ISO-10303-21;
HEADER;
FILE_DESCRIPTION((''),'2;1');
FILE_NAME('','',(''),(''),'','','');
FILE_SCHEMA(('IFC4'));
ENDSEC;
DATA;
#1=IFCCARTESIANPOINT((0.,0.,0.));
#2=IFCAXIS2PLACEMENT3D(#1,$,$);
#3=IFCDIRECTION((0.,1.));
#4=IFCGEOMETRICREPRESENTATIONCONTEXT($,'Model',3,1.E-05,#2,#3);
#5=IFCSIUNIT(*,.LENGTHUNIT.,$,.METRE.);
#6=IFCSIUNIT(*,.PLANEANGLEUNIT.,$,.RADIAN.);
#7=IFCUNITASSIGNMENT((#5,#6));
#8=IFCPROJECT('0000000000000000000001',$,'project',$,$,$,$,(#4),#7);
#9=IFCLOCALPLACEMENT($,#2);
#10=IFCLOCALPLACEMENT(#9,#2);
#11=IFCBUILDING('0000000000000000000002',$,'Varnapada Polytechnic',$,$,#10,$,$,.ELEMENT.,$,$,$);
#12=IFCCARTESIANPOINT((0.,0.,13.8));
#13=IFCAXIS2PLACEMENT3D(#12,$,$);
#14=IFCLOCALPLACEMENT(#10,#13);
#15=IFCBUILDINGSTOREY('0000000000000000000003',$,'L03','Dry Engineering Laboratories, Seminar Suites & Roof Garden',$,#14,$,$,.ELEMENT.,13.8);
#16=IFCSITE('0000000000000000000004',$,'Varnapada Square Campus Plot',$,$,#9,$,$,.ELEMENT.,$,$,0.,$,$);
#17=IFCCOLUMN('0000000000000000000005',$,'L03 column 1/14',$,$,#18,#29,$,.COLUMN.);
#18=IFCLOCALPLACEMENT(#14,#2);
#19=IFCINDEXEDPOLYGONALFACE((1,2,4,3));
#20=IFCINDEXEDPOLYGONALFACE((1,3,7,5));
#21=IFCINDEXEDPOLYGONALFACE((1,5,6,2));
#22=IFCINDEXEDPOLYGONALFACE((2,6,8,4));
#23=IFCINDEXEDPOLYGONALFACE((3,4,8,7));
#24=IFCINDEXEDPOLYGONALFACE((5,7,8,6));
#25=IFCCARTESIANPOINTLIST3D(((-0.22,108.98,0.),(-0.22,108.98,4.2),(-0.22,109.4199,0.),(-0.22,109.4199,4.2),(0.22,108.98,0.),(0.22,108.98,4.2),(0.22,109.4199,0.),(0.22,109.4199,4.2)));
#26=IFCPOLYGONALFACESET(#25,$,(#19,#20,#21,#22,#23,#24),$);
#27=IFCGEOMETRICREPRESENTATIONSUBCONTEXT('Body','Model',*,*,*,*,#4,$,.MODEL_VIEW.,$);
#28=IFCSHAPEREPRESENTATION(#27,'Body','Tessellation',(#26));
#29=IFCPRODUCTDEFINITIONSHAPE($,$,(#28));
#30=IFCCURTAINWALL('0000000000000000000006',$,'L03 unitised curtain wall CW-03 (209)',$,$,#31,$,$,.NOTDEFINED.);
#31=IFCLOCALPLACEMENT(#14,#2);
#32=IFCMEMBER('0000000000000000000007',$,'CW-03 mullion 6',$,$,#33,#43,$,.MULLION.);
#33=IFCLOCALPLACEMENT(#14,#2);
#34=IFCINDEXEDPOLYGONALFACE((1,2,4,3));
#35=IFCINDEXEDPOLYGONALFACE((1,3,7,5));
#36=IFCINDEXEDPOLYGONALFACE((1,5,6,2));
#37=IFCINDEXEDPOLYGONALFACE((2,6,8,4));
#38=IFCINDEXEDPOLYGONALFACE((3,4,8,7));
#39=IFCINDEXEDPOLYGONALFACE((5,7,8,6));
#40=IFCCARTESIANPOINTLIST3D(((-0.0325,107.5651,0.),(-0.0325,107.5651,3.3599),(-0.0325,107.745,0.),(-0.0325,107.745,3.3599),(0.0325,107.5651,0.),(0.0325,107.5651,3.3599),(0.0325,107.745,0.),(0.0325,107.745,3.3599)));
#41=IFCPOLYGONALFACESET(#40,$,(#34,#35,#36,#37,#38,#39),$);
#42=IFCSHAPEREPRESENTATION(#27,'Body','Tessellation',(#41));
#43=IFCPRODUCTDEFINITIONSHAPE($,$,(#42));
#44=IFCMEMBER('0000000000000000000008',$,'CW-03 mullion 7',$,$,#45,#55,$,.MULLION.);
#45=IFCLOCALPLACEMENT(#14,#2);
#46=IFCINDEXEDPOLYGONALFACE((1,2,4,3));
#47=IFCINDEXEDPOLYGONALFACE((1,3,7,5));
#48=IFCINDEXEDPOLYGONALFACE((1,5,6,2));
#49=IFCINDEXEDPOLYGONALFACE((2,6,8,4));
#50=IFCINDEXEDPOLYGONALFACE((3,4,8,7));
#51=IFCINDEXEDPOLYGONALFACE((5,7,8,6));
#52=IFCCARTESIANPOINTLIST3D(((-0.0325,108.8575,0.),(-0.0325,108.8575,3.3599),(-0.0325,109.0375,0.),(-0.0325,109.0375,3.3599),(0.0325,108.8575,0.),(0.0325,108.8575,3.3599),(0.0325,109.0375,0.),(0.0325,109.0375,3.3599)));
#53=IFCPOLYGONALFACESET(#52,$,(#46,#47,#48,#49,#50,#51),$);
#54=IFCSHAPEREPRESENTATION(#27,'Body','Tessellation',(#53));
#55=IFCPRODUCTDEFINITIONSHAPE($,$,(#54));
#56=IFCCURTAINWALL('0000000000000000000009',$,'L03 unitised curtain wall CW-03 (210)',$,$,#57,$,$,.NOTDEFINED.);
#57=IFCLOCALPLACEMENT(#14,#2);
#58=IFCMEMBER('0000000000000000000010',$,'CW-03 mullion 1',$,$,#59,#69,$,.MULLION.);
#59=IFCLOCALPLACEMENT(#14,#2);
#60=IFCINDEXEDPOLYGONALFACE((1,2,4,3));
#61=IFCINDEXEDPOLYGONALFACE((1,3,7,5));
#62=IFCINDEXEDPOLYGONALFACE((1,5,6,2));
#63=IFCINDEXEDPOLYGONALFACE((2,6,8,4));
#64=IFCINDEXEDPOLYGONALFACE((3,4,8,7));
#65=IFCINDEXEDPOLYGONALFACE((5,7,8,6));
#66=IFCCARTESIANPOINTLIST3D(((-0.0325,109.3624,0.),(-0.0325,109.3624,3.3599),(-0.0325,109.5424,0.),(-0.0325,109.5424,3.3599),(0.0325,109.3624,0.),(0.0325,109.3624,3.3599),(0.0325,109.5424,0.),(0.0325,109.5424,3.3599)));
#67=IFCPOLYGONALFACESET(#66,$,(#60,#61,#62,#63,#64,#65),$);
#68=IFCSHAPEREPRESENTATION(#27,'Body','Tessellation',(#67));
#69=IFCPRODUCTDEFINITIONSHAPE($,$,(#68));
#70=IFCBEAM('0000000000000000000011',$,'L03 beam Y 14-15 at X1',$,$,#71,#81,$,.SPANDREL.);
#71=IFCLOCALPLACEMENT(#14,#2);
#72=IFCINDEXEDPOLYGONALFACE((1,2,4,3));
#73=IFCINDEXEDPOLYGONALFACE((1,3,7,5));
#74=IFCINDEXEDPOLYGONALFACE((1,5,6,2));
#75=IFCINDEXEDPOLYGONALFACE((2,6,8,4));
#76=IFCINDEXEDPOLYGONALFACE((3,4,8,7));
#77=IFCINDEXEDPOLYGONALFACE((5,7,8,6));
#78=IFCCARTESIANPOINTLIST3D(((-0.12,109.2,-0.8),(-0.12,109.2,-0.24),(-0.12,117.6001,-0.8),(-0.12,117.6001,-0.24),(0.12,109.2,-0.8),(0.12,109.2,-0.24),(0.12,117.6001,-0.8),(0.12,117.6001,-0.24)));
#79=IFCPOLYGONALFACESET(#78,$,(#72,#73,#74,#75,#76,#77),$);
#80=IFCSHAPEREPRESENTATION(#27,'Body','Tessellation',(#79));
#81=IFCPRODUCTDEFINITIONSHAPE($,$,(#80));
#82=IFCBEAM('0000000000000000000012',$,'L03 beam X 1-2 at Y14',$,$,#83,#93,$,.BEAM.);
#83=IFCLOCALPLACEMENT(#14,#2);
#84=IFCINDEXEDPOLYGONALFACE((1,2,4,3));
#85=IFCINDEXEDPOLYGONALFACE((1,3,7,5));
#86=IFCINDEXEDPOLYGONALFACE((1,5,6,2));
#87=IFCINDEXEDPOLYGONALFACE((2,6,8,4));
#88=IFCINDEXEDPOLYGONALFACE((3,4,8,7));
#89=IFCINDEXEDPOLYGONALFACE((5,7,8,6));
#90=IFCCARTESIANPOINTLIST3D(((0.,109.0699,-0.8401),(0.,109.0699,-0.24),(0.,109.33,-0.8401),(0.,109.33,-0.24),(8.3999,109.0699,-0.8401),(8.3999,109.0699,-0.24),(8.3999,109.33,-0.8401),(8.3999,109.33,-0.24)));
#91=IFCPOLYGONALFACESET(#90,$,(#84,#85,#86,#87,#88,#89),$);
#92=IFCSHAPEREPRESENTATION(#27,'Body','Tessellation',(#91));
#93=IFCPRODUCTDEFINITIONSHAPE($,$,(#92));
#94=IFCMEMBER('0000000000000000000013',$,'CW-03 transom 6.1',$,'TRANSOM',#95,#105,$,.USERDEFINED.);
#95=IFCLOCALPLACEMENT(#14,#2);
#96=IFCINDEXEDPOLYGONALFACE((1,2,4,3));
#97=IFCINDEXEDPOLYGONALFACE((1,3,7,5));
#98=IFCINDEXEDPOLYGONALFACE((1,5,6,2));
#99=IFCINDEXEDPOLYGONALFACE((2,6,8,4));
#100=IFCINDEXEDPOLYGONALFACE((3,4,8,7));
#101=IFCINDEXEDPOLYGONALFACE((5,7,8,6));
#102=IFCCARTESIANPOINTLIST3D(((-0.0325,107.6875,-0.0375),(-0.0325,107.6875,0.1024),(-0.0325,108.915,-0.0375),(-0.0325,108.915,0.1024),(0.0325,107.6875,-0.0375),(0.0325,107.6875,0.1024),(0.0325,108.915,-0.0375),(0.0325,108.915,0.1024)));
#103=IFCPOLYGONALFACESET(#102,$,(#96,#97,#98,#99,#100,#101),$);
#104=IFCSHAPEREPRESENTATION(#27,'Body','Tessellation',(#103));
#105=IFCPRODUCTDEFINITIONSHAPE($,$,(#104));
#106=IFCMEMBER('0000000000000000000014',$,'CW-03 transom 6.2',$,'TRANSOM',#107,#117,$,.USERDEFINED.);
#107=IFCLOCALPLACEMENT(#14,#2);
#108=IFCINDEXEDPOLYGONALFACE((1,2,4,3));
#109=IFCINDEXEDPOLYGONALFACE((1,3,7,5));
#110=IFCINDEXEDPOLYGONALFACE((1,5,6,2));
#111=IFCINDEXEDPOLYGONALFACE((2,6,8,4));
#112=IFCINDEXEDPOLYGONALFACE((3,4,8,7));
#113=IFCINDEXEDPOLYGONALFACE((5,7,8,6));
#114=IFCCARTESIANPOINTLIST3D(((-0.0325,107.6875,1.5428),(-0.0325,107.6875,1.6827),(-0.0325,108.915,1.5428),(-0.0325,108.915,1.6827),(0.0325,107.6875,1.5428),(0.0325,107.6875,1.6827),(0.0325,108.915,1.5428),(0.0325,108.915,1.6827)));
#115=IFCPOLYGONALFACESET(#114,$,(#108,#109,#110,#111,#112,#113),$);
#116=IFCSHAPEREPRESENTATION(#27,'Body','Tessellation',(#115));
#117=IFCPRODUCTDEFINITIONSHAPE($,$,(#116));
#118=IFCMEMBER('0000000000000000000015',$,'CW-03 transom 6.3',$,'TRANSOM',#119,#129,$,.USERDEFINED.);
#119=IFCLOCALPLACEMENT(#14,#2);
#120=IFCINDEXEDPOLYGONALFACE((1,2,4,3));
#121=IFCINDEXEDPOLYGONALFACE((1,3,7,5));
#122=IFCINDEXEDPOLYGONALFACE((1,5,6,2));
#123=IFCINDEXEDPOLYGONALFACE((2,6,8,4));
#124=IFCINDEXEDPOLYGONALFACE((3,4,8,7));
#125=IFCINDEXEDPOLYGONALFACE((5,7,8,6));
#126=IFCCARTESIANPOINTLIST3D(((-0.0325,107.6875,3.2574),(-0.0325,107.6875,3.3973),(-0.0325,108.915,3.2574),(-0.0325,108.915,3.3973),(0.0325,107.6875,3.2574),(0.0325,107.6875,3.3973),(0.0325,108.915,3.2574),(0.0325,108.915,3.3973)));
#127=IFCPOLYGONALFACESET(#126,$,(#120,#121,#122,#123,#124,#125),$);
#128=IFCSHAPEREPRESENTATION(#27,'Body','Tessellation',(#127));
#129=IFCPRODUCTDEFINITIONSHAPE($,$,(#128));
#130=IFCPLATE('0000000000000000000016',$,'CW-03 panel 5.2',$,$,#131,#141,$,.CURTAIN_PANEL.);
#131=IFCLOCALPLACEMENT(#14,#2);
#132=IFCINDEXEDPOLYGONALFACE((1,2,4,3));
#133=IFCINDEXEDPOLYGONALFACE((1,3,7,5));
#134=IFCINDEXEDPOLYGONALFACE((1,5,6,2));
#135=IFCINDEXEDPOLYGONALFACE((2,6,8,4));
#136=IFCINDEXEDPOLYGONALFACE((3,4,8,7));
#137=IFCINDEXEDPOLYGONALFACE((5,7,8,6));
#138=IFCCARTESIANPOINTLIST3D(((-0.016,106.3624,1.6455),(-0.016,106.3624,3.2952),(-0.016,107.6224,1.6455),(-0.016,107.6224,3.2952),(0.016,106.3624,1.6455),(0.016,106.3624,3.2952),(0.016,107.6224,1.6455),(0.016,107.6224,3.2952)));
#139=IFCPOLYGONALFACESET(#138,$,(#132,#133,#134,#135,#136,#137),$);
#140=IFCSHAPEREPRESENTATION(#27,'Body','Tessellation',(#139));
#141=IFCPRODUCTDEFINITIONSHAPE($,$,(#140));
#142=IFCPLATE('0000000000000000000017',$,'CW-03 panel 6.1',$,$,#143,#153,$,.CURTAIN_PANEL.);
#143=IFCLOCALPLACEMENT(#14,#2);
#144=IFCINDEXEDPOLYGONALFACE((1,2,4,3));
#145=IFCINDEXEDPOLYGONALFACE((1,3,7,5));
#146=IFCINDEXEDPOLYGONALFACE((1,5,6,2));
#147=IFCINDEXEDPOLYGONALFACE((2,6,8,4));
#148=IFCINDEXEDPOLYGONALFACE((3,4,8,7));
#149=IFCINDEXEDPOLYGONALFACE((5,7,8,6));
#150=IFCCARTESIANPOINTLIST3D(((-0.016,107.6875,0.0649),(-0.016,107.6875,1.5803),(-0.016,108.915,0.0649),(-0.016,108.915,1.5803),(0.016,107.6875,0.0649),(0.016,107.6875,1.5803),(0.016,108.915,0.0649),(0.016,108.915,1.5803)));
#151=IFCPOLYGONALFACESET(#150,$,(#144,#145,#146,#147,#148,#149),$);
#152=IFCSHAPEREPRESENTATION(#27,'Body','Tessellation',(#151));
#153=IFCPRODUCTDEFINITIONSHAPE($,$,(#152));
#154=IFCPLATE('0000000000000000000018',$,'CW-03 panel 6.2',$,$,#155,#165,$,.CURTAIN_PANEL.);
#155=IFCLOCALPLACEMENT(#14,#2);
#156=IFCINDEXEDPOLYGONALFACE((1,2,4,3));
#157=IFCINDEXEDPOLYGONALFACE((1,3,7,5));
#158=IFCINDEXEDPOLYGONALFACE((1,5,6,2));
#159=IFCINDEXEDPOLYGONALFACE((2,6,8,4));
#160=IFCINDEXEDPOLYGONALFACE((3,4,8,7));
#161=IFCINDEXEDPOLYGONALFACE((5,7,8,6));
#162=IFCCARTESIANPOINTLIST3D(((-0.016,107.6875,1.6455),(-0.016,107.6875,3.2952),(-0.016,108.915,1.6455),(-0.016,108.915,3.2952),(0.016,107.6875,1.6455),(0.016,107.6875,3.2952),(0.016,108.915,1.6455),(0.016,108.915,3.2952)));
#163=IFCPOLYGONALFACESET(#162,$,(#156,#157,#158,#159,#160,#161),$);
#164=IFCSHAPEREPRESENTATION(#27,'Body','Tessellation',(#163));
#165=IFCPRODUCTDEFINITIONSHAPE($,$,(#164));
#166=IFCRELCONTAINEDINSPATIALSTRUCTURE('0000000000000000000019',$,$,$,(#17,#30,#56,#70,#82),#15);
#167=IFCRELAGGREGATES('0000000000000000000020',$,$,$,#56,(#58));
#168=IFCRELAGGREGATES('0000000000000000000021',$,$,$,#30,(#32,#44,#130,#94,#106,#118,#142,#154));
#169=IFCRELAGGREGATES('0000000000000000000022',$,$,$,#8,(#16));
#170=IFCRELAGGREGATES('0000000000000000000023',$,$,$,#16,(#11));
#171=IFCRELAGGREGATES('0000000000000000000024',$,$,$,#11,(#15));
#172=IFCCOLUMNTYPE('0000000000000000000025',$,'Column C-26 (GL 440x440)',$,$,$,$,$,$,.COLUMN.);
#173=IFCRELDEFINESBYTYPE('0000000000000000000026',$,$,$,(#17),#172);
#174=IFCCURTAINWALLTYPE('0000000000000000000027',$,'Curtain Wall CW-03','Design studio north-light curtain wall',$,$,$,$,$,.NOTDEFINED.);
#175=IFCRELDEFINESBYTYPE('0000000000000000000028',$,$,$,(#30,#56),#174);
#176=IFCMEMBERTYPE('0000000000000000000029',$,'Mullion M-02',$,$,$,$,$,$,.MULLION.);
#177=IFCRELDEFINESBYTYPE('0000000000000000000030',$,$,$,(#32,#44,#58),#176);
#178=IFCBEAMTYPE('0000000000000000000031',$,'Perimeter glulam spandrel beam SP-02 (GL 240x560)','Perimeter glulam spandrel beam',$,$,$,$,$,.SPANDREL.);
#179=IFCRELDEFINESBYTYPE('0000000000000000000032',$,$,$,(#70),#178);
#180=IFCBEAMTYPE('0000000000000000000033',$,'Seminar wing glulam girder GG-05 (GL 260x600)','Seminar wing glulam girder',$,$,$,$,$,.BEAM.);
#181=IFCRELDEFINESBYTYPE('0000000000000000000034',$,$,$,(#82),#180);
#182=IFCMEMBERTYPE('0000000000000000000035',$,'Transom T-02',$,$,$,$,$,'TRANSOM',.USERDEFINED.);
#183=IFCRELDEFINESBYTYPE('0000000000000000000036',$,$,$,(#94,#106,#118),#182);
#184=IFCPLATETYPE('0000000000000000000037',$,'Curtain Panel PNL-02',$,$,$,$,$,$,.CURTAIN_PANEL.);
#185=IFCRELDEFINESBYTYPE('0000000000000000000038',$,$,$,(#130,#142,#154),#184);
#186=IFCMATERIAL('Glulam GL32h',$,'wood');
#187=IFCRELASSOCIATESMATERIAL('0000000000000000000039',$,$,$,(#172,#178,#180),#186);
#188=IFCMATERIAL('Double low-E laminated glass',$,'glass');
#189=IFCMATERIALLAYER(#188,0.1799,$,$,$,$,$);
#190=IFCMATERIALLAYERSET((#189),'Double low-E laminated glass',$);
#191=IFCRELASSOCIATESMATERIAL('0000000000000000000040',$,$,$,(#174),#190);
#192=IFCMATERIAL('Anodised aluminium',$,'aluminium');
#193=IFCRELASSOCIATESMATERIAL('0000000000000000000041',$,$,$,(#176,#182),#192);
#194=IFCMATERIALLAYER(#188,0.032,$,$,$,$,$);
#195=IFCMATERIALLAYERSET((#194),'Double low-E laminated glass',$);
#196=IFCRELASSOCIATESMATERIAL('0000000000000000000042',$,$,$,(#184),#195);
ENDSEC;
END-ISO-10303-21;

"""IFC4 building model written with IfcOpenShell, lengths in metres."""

from ifc_helpers import new_model, si_unit, direction, frame, origin, origin_2d, place, context, subcontext, project, spatial, rectangle, extrude, material, layer, layer_set, material_profile, profile_set, type_object, element, aggregate, save


model = new_model("IFC4")

# Units and contexts
model_context = context("Model", 3, precision=1e-05, world=origin(), true_north=direction((0.0, 1.0)))
body_context = subcontext(model_context, "Body", "Model", "MODEL_VIEW")
ifc_project = project(units=[si_unit("LENGTHUNIT", "METRE"), si_unit("PLANEANGLEUNIT", "RADIAN")], contexts=[model_context])

# Site, building, storey
site_placement = place(None, origin())
site = spatial("IfcSite", under=ifc_project, at=site_placement, Name="Varnapada Square Campus Plot", CompositionType="ELEMENT", RefElevation=0.0)
building_placement = place(site_placement, origin())
building = spatial("IfcBuilding", under=site, at=building_placement, Name="Varnapada Polytechnic", CompositionType="ELEMENT")
storey_placement = place(building_placement, frame((0.0, 0.0, 13.8)))
storey = spatial("IfcBuildingStorey", under=building, at=storey_placement, Name="L03", Description="Dry Engineering Laboratories, Seminar Suites & Roof Garden", CompositionType="ELEMENT", Elevation=13.8)

# Column
ifc_material_1 = material(Name="Glulam GL32h", Category="wood")
ifc_material_profile_1 = material_profile(ifc_material_1, rectangle(XDim=0.4399, YDim=0.4399, at=origin_2d()), Name="GL 440x440")
ifc_profile_set_1 = profile_set([ifc_material_profile_1], Name="Glulam GL32h")
column_type = type_object("IfcColumnType", Name="Column C-26 (GL 440x440)", PredefinedType="COLUMN", material=ifc_profile_set_1)
column_placement = place(storey_placement, frame((0.0, 109.2, 0.0), z_axis=(0.0, 0.0, 1.0), x_axis=(1.0, 0.0, 0.0)))
element("IfcColumn", 1, at=column_placement, inside=storey, type_object=column_type, Name="L03 column 1/14", PredefinedType="COLUMN", context=body_context, shape_type="SweptSolid", body=[
    extrude(rectangle(XDim=0.4399, YDim=0.4399, at=origin_2d()), origin(), (0.0, 0.0, 1.0), 4.2),
])

# Curtain wall, members
ifc_material_2 = material(Name="Double low-E laminated glass", Category="glass")
ifc_layer_1 = layer(ifc_material_2, 0.1799)
ifc_layer_set_1 = layer_set([ifc_layer_1], Name="Double low-E laminated glass")
curtain_wall_type = type_object("IfcCurtainWallType", Name="Curtain Wall CW-03", Description="Design studio north-light curtain wall", PredefinedType="NOTDEFINED", material=ifc_layer_set_1)
curtain_wall_1_placement = place(storey_placement, origin())
curtain_wall_1 = element("IfcCurtainWall", 2, at=curtain_wall_1_placement, inside=storey, type_object=curtain_wall_type, Name="L03 unitised curtain wall CW-03 (209)", PredefinedType="NOTDEFINED")
ifc_material_3 = material(Name="Anodised aluminium", Category="aluminium")
ifc_material_profile_2 = material_profile(ifc_material_3, rectangle(XDim=0.0649, YDim=0.1799, at=origin_2d()), Name="ALU M65x180")
ifc_profile_set_2 = profile_set([ifc_material_profile_2], Name="Anodised aluminium")
member_type_1 = type_object("IfcMemberType", Name="Mullion M-02", PredefinedType="MULLION", material=ifc_profile_set_2)
member_1_placement = place(storey_placement, frame((0.0, 107.655, 0.0), z_axis=(0.0, 0.0, 1.0), x_axis=(-1.0, 0.0, 0.0)))
member_1 = element("IfcMember", 3, at=member_1_placement, type_object=member_type_1, Name="CW-03 mullion 6", PredefinedType="MULLION", context=body_context, shape_type="SweptSolid", body=[
    extrude(rectangle(XDim=0.0649, YDim=0.1799, at=origin_2d()), origin(), (0.0, 0.0, 1.0), 3.3599),
])
member_2_placement = place(storey_placement, frame((0.0, 108.9475, 0.0), z_axis=(0.0, 0.0, 1.0), x_axis=(-1.0, 0.0, 0.0)))
member_2 = element("IfcMember", 4, at=member_2_placement, type_object=member_type_1, Name="CW-03 mullion 7", PredefinedType="MULLION", context=body_context, shape_type="SweptSolid", body=[
    extrude(rectangle(XDim=0.0649, YDim=0.1799, at=origin_2d()), origin(), (0.0, 0.0, 1.0), 3.3599),
])

# Curtain wall, member
curtain_wall_2_placement = place(storey_placement, origin())
curtain_wall_2 = element("IfcCurtainWall", 5, at=curtain_wall_2_placement, inside=storey, type_object=curtain_wall_type, Name="L03 unitised curtain wall CW-03 (210)", PredefinedType="NOTDEFINED")
member_3_placement = place(storey_placement, frame((0.0, 109.4524, 0.0), z_axis=(0.0, 0.0, 1.0), x_axis=(-1.0, 0.0, 0.0)))
member_3 = element("IfcMember", 6, at=member_3_placement, type_object=member_type_1, Name="CW-03 mullion 1", PredefinedType="MULLION", context=body_context, shape_type="SweptSolid", body=[
    extrude(rectangle(XDim=0.0649, YDim=0.1799, at=origin_2d()), origin(), (0.0, 0.0, 1.0), 3.3599),
])
aggregate(curtain_wall_2, [member_3])

# Beams
ifc_material_profile_3 = material_profile(ifc_material_1, rectangle(XDim=0.24, YDim=0.5601, at=origin_2d()), Name="GL 240x560")
ifc_profile_set_3 = profile_set([ifc_material_profile_3], Name="Glulam GL32h")
beam_type_1 = type_object("IfcBeamType", Name="Perimeter glulam spandrel beam SP-02 (GL 240x560)", Description="Perimeter glulam spandrel beam", PredefinedType="SPANDREL", material=ifc_profile_set_3)
beam_1_placement = place(storey_placement, frame((0.0, 109.2, -0.52), z_axis=(0.0, 1.0, 0.0), x_axis=(-1.0, 0.0, 0.0)))
element("IfcBeam", 7, at=beam_1_placement, inside=storey, type_object=beam_type_1, Name="L03 beam Y 14-15 at X1", PredefinedType="SPANDREL", context=body_context, shape_type="SweptSolid", body=[
    extrude(rectangle(XDim=0.24, YDim=0.5601, at=origin_2d()), origin(), (0.0, 0.0, 1.0), 8.4001),
])
ifc_material_profile_4 = material_profile(ifc_material_1, rectangle(XDim=0.26, YDim=0.6001, at=origin_2d()), Name="GL 260x600")
ifc_profile_set_4 = profile_set([ifc_material_profile_4], Name="Glulam GL32h")
beam_type_2 = type_object("IfcBeamType", Name="Seminar wing glulam girder GG-05 (GL 260x600)", Description="Seminar wing glulam girder", PredefinedType="BEAM", material=ifc_profile_set_4)
beam_2_placement = place(storey_placement, frame((0.0, 109.2, -0.54), z_axis=(1.0, 0.0, 0.0), x_axis=(0.0, 1.0, 0.0)))
element("IfcBeam", 8, at=beam_2_placement, inside=storey, type_object=beam_type_2, Name="L03 beam X 1-2 at Y14", PredefinedType="BEAM", context=body_context, shape_type="SweptSolid", body=[
    extrude(rectangle(XDim=0.26, YDim=0.6001, at=origin_2d()), origin(), (0.0, 0.0, 1.0), 8.3999),
])

# Members
ifc_material_profile_5 = material_profile(ifc_material_3, rectangle(XDim=0.0649, YDim=0.1399, at=origin_2d()), Name="ALU T65x140")
ifc_profile_set_5 = profile_set([ifc_material_profile_5], Name="Anodised aluminium")
member_type_2 = type_object("IfcMemberType", Name="Transom T-02", ElementType="TRANSOM", PredefinedType="USERDEFINED", material=ifc_profile_set_5)
member_4_placement = place(storey_placement, frame((0.0, 107.6875, 0.0325), z_axis=(0.0, 1.0, 0.0), x_axis=(-1.0, 0.0, 0.0)))
member_4 = element("IfcMember", 9, at=member_4_placement, type_object=member_type_2, Name="CW-03 transom 6.1", ObjectType="TRANSOM", PredefinedType="USERDEFINED", context=body_context, shape_type="SweptSolid", body=[
    extrude(rectangle(XDim=0.0649, YDim=0.1399, at=origin_2d()), origin(), (0.0, 0.0, 1.0), 1.2275),
])
member_5_placement = place(storey_placement, frame((0.0, 107.6875, 1.6128), z_axis=(0.0, 1.0, 0.0), x_axis=(-1.0, 0.0, 0.0)))
member_5 = element("IfcMember", 10, at=member_5_placement, type_object=member_type_2, Name="CW-03 transom 6.2", ObjectType="TRANSOM", PredefinedType="USERDEFINED", context=body_context, shape_type="SweptSolid", body=[
    extrude(rectangle(XDim=0.0649, YDim=0.1399, at=origin_2d()), origin(), (0.0, 0.0, 1.0), 1.2275),
])
member_6_placement = place(storey_placement, frame((0.0, 107.6875, 3.3274), z_axis=(0.0, 1.0, 0.0), x_axis=(-1.0, 0.0, 0.0)))
member_6 = element("IfcMember", 11, at=member_6_placement, type_object=member_type_2, Name="CW-03 transom 6.3", ObjectType="TRANSOM", PredefinedType="USERDEFINED", context=body_context, shape_type="SweptSolid", body=[
    extrude(rectangle(XDim=0.0649, YDim=0.1399, at=origin_2d()), origin(), (0.0, 0.0, 1.0), 1.2275),
])

# Plates
ifc_layer_2 = layer(ifc_material_2, 0.032)
ifc_layer_set_2 = layer_set([ifc_layer_2], Name="Double low-E laminated glass")
plate_type = type_object("IfcPlateType", Name="Curtain Panel PNL-02", PredefinedType="CURTAIN_PANEL", material=ifc_layer_set_2)
plate_1_placement = place(storey_placement, frame((0.0, 106.9924, 1.6455), z_axis=(0.0, 0.0, 1.0), x_axis=(0.0, 1.0, 0.0)))
plate_1 = element("IfcPlate", 12, at=plate_1_placement, type_object=plate_type, Name="CW-03 panel 5.2", PredefinedType="CURTAIN_PANEL", context=body_context, shape_type="SweptSolid", body=[
    extrude(rectangle(XDim=1.26, YDim=0.032, at=origin_2d()), origin(), (0.0, 0.0, 1.0), 1.6497),
])
plate_2_placement = place(storey_placement, frame((0.0, 108.3013, 0.0649), z_axis=(0.0, 0.0, 1.0), x_axis=(0.0, 1.0, 0.0)))
plate_2 = element("IfcPlate", 13, at=plate_2_placement, type_object=plate_type, Name="CW-03 panel 6.1", PredefinedType="CURTAIN_PANEL", context=body_context, shape_type="SweptSolid", body=[
    extrude(rectangle(XDim=1.2275, YDim=0.032, at=origin_2d()), origin(), (0.0, 0.0, 1.0), 1.5154),
])
plate_3_placement = place(storey_placement, frame((0.0, 108.3013, 1.6455), z_axis=(0.0, 0.0, 1.0), x_axis=(0.0, 1.0, 0.0)))
plate_3 = element("IfcPlate", 14, at=plate_3_placement, type_object=plate_type, Name="CW-03 panel 6.2", PredefinedType="CURTAIN_PANEL", context=body_context, shape_type="SweptSolid", body=[
    extrude(rectangle(XDim=1.2275, YDim=0.032, at=origin_2d()), origin(), (0.0, 0.0, 1.0), 1.6497),
])
aggregate(curtain_wall_1, [member_1, member_2, plate_1, member_4, member_5, member_6, plate_2, plate_3])

save(model, "model.ifc")
